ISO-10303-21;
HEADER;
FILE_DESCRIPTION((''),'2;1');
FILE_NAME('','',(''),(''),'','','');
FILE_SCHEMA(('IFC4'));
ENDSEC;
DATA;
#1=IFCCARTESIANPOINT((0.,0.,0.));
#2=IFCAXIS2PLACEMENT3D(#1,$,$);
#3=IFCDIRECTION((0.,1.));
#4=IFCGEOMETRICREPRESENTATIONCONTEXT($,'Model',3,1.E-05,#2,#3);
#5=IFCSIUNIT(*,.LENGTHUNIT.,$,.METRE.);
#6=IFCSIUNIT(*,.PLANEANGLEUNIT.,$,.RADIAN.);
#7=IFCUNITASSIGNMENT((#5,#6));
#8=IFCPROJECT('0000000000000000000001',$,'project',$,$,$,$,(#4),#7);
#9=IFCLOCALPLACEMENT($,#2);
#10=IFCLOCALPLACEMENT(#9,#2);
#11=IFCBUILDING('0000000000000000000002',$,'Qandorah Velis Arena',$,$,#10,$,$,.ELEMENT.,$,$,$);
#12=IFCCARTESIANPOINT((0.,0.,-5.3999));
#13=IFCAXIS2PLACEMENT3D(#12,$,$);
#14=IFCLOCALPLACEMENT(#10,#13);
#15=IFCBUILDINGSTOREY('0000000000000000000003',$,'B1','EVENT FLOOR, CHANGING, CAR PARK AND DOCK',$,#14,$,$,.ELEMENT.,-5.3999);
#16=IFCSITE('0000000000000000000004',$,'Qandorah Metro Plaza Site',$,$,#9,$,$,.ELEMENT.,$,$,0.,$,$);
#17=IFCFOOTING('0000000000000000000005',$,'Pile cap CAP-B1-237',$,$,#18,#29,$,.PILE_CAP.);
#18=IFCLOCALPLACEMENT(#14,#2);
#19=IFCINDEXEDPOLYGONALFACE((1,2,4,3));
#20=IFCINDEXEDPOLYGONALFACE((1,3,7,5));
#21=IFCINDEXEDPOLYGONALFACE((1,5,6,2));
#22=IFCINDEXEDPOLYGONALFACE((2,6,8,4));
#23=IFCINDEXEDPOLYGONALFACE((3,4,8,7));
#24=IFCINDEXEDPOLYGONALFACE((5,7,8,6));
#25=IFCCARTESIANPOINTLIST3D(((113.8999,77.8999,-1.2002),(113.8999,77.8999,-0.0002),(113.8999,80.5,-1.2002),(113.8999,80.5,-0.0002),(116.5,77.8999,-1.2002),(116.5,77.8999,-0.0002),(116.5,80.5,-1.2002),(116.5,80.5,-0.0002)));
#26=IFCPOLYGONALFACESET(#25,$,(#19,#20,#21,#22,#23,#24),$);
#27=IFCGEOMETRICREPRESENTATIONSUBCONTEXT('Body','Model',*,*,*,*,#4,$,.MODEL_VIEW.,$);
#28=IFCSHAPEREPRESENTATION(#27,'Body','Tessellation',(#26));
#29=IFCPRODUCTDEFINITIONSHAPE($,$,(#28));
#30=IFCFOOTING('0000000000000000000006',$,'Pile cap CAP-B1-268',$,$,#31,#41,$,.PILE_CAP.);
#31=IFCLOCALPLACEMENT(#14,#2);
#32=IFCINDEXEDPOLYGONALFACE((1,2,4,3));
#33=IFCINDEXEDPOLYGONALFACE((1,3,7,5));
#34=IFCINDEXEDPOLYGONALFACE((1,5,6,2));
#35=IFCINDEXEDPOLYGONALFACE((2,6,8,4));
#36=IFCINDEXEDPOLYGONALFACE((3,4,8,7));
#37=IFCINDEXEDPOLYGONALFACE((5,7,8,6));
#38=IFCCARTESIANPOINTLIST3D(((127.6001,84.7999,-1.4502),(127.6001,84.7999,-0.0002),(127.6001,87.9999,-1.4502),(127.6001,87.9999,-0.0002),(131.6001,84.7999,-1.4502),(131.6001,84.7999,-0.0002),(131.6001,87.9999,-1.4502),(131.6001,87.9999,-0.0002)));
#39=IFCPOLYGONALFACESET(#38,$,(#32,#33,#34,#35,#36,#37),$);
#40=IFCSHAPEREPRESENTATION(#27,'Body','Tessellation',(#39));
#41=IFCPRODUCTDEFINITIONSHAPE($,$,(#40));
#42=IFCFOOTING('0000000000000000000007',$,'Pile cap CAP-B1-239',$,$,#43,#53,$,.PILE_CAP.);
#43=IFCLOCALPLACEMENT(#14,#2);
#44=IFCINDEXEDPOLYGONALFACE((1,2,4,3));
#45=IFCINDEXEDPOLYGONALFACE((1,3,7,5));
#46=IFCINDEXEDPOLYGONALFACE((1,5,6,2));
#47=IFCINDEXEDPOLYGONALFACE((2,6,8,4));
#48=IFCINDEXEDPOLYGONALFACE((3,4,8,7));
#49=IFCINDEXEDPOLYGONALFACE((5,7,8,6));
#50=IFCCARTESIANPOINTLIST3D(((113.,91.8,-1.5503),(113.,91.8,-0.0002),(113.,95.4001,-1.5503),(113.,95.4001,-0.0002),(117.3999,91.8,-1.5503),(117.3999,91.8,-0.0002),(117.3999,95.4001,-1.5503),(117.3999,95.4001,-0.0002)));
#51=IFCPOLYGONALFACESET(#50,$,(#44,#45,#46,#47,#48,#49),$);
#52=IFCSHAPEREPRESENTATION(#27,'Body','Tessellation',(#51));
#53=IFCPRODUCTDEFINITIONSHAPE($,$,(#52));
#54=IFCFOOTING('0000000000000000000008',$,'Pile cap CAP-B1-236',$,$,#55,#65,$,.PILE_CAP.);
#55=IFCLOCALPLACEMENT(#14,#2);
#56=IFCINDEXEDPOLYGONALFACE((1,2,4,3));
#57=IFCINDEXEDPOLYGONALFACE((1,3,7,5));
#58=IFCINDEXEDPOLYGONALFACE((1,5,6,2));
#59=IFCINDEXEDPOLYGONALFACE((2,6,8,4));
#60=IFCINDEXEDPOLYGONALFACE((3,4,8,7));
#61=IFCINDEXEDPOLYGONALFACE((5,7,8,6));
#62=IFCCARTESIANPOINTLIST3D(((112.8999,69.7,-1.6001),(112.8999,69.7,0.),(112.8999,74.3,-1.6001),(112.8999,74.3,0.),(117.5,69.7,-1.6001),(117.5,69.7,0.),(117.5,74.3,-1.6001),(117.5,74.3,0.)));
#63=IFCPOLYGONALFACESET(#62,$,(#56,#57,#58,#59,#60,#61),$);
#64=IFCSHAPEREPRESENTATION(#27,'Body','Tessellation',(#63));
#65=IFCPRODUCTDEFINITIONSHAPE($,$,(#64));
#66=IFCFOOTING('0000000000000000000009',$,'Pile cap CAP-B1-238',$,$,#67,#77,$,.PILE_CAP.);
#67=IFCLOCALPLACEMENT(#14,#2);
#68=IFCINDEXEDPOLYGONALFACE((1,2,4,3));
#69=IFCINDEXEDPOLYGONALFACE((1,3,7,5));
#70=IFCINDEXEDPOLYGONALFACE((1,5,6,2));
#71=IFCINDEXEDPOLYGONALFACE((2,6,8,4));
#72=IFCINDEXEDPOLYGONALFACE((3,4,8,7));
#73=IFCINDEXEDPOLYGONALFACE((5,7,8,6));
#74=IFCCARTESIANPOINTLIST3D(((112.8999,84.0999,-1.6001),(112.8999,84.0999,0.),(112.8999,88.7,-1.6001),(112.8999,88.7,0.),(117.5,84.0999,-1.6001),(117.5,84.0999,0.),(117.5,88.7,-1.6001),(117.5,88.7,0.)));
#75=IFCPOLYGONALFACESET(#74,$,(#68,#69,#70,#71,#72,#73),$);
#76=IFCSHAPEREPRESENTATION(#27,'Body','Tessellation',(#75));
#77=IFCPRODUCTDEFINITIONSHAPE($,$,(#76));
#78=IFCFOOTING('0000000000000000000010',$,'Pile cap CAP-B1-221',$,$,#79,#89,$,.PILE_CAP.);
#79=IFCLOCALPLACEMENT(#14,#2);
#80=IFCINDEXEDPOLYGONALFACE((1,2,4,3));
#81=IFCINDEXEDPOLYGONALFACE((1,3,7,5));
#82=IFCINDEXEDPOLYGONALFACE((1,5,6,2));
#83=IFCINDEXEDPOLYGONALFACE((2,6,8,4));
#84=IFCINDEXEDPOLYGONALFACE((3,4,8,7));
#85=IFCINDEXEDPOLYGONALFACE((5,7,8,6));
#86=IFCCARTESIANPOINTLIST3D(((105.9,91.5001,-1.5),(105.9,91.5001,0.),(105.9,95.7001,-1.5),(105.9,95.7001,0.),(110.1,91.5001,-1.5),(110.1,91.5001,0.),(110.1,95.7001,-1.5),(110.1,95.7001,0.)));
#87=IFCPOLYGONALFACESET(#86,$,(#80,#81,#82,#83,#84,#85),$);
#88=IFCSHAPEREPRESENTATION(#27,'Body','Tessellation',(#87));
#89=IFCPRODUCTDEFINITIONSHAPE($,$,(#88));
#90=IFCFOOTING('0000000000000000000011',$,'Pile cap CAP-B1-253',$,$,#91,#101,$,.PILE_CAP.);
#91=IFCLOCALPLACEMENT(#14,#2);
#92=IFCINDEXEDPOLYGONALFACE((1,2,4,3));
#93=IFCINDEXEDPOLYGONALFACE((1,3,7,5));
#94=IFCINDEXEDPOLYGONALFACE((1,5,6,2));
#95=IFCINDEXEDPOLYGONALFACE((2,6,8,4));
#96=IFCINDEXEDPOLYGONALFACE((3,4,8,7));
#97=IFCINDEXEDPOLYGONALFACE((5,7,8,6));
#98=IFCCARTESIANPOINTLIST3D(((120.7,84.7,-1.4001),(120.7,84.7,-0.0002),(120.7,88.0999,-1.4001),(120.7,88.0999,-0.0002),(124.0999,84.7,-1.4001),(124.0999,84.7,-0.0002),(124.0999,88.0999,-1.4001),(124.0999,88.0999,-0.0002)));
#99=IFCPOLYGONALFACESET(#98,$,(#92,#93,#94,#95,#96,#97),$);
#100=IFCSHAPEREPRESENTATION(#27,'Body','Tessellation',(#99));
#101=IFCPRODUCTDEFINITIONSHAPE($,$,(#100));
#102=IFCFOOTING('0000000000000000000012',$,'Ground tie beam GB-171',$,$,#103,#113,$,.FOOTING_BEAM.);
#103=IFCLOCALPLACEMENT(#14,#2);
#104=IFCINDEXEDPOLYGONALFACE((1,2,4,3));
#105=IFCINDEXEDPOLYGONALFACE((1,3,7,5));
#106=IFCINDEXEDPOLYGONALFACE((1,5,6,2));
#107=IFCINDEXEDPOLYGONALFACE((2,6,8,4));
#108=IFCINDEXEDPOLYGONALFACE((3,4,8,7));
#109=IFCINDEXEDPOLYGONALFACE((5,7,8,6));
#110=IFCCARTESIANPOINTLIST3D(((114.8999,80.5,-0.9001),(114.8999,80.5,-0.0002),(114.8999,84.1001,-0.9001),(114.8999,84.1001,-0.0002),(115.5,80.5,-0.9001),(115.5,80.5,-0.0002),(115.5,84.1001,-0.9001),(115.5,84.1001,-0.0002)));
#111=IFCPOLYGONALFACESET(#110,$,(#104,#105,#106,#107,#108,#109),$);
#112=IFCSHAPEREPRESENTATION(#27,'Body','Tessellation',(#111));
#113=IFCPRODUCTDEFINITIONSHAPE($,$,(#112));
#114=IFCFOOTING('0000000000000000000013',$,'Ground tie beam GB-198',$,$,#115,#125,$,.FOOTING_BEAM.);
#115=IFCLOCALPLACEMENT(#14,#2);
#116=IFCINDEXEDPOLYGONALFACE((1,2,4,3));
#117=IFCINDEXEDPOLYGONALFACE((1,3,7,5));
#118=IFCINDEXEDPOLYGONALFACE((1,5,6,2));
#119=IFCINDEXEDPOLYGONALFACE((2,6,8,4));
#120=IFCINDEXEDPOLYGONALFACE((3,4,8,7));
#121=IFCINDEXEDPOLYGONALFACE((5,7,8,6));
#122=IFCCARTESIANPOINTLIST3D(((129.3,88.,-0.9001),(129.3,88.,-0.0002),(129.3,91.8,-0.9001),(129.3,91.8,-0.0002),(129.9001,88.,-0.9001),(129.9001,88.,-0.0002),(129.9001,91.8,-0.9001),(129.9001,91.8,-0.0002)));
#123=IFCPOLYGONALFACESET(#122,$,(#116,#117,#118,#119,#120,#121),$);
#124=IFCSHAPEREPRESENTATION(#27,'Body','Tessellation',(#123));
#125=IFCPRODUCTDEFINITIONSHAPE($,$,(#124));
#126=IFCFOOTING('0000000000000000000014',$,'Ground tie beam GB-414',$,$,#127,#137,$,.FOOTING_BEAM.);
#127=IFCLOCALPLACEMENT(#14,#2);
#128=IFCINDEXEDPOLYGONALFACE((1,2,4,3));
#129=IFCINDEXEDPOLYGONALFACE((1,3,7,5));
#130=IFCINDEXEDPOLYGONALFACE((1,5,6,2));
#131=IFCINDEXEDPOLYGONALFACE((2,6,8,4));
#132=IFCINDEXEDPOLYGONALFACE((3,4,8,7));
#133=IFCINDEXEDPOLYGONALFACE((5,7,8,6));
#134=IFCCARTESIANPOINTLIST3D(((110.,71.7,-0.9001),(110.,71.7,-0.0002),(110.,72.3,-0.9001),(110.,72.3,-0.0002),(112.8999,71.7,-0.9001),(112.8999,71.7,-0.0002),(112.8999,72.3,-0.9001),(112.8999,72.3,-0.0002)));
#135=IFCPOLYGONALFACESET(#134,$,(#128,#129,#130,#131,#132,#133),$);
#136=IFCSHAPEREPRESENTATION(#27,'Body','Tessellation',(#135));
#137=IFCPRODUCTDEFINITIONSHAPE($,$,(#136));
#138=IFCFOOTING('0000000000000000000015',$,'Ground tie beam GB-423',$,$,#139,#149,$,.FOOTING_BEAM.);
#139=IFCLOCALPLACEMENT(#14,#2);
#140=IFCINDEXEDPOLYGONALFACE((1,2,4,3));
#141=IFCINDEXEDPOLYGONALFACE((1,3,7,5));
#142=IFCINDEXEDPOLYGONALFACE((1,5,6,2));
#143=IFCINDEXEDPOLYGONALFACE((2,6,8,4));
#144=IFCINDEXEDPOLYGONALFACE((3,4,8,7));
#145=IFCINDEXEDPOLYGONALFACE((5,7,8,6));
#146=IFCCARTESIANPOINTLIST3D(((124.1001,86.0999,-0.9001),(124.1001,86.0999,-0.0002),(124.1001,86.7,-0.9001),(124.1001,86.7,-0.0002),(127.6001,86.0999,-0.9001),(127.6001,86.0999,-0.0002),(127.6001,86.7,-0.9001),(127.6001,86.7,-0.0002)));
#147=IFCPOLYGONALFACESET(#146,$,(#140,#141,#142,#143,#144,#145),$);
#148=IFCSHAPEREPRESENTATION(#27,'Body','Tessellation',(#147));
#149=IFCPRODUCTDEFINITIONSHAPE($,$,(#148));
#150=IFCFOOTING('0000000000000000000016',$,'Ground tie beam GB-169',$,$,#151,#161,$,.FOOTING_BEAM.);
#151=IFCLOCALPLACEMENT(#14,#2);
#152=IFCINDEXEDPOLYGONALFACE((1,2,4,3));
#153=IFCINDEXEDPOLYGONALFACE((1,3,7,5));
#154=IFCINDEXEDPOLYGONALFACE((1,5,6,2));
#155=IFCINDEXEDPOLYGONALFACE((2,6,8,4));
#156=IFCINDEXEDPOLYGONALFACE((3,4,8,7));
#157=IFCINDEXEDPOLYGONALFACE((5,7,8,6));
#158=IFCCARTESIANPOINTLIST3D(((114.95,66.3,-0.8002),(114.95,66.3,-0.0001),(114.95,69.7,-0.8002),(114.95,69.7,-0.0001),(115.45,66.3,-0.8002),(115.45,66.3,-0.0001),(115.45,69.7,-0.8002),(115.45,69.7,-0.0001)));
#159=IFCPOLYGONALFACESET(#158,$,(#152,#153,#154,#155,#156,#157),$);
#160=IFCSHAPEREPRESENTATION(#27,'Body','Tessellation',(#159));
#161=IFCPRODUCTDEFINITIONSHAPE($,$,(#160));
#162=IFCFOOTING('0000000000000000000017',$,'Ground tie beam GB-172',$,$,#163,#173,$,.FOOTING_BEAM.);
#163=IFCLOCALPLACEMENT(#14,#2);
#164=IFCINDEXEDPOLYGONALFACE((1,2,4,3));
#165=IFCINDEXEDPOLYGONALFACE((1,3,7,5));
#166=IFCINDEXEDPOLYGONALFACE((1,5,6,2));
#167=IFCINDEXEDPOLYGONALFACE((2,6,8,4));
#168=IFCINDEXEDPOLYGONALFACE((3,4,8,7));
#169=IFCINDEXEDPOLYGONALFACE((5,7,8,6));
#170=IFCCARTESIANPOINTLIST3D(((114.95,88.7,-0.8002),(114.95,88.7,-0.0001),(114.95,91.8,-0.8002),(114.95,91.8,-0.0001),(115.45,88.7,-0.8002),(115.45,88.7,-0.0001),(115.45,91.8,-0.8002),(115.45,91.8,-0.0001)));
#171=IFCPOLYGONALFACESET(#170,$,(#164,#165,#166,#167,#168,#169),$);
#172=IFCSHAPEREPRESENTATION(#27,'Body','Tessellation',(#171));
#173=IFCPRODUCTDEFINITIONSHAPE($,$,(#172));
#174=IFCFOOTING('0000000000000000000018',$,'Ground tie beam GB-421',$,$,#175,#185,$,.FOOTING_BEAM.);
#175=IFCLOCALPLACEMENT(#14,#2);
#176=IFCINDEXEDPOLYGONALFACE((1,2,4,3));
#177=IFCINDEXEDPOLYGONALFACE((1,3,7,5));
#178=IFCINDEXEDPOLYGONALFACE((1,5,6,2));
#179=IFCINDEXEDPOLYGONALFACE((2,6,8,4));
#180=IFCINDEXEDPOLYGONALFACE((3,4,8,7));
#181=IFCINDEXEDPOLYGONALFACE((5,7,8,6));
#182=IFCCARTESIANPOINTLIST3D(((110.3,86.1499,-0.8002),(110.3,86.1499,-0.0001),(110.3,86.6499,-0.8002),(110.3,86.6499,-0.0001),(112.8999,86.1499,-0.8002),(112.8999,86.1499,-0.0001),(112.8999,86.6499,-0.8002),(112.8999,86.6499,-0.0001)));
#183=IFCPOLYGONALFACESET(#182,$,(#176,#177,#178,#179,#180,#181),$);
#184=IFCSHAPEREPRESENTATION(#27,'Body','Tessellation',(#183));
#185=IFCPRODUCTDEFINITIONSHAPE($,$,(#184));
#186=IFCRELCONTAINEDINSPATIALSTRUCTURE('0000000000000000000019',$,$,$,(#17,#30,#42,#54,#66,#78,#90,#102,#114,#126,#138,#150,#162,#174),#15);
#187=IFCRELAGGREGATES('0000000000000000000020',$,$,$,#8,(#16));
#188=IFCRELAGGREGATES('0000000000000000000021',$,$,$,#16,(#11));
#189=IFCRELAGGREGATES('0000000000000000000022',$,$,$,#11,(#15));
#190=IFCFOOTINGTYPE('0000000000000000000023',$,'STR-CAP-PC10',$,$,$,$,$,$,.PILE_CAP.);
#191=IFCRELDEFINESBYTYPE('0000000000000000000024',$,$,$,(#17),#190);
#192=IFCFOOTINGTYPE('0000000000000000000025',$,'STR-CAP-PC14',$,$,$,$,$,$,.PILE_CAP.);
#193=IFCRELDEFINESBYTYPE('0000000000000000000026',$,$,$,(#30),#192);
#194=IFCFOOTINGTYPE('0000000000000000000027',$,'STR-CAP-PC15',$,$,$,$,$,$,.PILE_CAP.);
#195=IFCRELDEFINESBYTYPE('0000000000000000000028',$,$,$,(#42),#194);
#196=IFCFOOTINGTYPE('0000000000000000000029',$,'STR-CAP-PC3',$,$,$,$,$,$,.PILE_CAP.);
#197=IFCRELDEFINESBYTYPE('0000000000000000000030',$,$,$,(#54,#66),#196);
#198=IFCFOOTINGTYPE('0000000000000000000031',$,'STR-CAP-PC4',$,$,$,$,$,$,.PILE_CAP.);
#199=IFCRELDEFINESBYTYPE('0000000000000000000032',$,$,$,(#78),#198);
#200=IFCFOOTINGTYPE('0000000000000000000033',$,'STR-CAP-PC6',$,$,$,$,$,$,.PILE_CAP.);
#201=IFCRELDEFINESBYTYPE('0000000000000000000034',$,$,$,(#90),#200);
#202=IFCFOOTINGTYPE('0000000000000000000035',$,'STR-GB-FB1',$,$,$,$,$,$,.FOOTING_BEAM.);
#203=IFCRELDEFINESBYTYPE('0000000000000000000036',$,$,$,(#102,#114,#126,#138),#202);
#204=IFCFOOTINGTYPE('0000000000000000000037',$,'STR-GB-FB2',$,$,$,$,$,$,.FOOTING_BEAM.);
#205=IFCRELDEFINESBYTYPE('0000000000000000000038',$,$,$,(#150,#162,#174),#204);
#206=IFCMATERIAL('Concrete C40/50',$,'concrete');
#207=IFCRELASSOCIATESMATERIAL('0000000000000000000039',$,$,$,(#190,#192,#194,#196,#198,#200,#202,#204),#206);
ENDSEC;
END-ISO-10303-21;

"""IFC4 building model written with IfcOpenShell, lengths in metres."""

from ifc_helpers import new_model, si_unit, direction, frame, origin, origin_2d, place, context, subcontext, project, spatial, rectangle, extrude, material, material_profile, profile_set, type_object, element, save


model = new_model("IFC4")

# Units and contexts
model_context = context("Model", 3, precision=1e-05, world=origin(), true_north=direction((0.0, 1.0)))
body_context = subcontext(model_context, "Body", "Model", "MODEL_VIEW")
ifc_project = project(units=[si_unit("LENGTHUNIT", "METRE"), si_unit("PLANEANGLEUNIT", "RADIAN")], contexts=[model_context])

# Site, building, storey
site_placement = place(None, origin())
site = spatial("IfcSite", under=ifc_project, at=site_placement, Name="Qandorah Metro Plaza Site", CompositionType="ELEMENT", RefElevation=0.0)
building_placement = place(site_placement, origin())
building = spatial("IfcBuilding", under=site, at=building_placement, Name="Qandorah Velis Arena", CompositionType="ELEMENT")
storey_placement = place(building_placement, frame((0.0, 0.0, -5.3999)))
storey = spatial("IfcBuildingStorey", under=building, at=storey_placement, Name="B1", Description="EVENT FLOOR, CHANGING, CAR PARK AND DOCK", CompositionType="ELEMENT", Elevation=-5.3999)

# Footings
ifc_material_1 = material(Name="Concrete C40/50", Category="concrete")
footing_type_1 = type_object("IfcFootingType", Name="STR-CAP-PC10", PredefinedType="PILE_CAP", material=ifc_material_1)
footing_1_placement = place(storey_placement, frame((115.2, 79.2, -1.2002), z_axis=(0.0, 0.0, 1.0), x_axis=(1.0, 0.0, 0.0)))
element("IfcFooting", 1, at=footing_1_placement, inside=storey, type_object=footing_type_1, Name="Pile cap CAP-B1-237", PredefinedType="PILE_CAP", context=body_context, shape_type="SweptSolid", body=[
    extrude(rectangle(XDim=2.6001, YDim=2.6001, at=origin_2d()), origin(), (0.0, 0.0, 1.0), 1.2),
])
footing_type_2 = type_object("IfcFootingType", Name="STR-CAP-PC14", PredefinedType="PILE_CAP", material=ifc_material_1)
footing_2_placement = place(storey_placement, frame((129.6001, 86.3999, -1.4502), z_axis=(0.0, 0.0, 1.0), x_axis=(1.0, 0.0, 0.0)))
element("IfcFooting", 2, at=footing_2_placement, inside=storey, type_object=footing_type_2, Name="Pile cap CAP-B1-268", PredefinedType="PILE_CAP", context=body_context, shape_type="SweptSolid", body=[
    extrude(rectangle(XDim=4.0, YDim=3.2, at=origin_2d()), origin(), (0.0, 0.0, 1.0), 1.45),
])
footing_type_3 = type_object("IfcFootingType", Name="STR-CAP-PC15", PredefinedType="PILE_CAP", material=ifc_material_1)
footing_3_placement = place(storey_placement, frame((115.2, 93.6001, -1.5503), z_axis=(0.0, 0.0, 1.0), x_axis=(1.0, 0.0, 0.0)))
element("IfcFooting", 3, at=footing_3_placement, inside=storey, type_object=footing_type_3, Name="Pile cap CAP-B1-239", PredefinedType="PILE_CAP", context=body_context, shape_type="SweptSolid", body=[
    extrude(rectangle(XDim=4.3999, YDim=3.6001, at=origin_2d()), origin(), (0.0, 0.0, 1.0), 1.55),
])
footing_type_4 = type_object("IfcFootingType", Name="STR-CAP-PC3", PredefinedType="PILE_CAP", material=ifc_material_1)
for number, where, z_axis, x_axis, name in (
    (4, (115.2, 72.0, -1.6001), (0.0, 0.0, 1.0), (1.0, 0.0, 0.0), "Pile cap CAP-B1-236"),
    (5, (115.2, 86.3999, -1.6001), (0.0, 0.0, 1.0), (1.0, 0.0, 0.0), "Pile cap CAP-B1-238"),
):
    element("IfcFooting", number, at=place(storey_placement, frame(where, z_axis=z_axis, x_axis=x_axis)), inside=storey, type_object=footing_type_4, Name=name, PredefinedType="PILE_CAP", context=body_context, shape_type="SweptSolid", body=[
        extrude(rectangle(XDim=4.6001, YDim=4.6001, at=origin_2d()), origin(), (0.0, 0.0, 1.0), 1.6001),
    ])
footing_type_5 = type_object("IfcFootingType", Name="STR-CAP-PC4", PredefinedType="PILE_CAP", material=ifc_material_1)
footing_4_placement = place(storey_placement, frame((108.0, 93.6001, -1.5), z_axis=(0.0, 0.0, 1.0), x_axis=(1.0, 0.0, 0.0)))
element("IfcFooting", 6, at=footing_4_placement, inside=storey, type_object=footing_type_5, Name="Pile cap CAP-B1-221", PredefinedType="PILE_CAP", context=body_context, shape_type="SweptSolid", body=[
    extrude(rectangle(XDim=4.2, YDim=4.2, at=origin_2d()), origin(), (0.0, 0.0, 1.0), 1.5),
])
footing_type_6 = type_object("IfcFootingType", Name="STR-CAP-PC6", PredefinedType="PILE_CAP", material=ifc_material_1)
footing_5_placement = place(storey_placement, frame((122.3999, 86.3999, -1.4001), z_axis=(0.0, 0.0, 1.0), x_axis=(1.0, 0.0, 0.0)))
element("IfcFooting", 7, at=footing_5_placement, inside=storey, type_object=footing_type_6, Name="Pile cap CAP-B1-253", PredefinedType="PILE_CAP", context=body_context, shape_type="SweptSolid", body=[
    extrude(rectangle(XDim=3.3999, YDim=3.3999, at=origin_2d()), origin(), (0.0, 0.0, 1.0), 1.3999),
])
ifc_material_profile_1 = material_profile(ifc_material_1, rectangle(XDim=0.6001, YDim=0.8999, at=origin_2d()), Name="GB1 600x900")
ifc_profile_set_1 = profile_set([ifc_material_profile_1], Name="Concrete C40/50")
footing_type_7 = type_object("IfcFootingType", Name="STR-GB-FB1", PredefinedType="FOOTING_BEAM", material=ifc_profile_set_1)
footing_6_placement = place(storey_placement, frame((115.2, 80.5, -0.4502), z_axis=(0.0, 1.0, 0.0), x_axis=(-1.0, 0.0, 0.0)))
element("IfcFooting", 8, at=footing_6_placement, inside=storey, type_object=footing_type_7, Name="Ground tie beam GB-171", PredefinedType="FOOTING_BEAM", context=body_context, shape_type="SweptSolid", body=[
    extrude(rectangle(XDim=0.6001, YDim=0.8999, at=origin_2d()), origin(), (0.0, 0.0, 1.0), 3.6001),
])
footing_7_placement = place(storey_placement, frame((129.6001, 88.0, -0.4502), z_axis=(0.0, 1.0, 0.0), x_axis=(-1.0, 0.0, 0.0)))
element("IfcFooting", 9, at=footing_7_placement, inside=storey, type_object=footing_type_7, Name="Ground tie beam GB-198", PredefinedType="FOOTING_BEAM", context=body_context, shape_type="SweptSolid", body=[
    extrude(rectangle(XDim=0.6001, YDim=0.8999, at=origin_2d()), origin(), (0.0, 0.0, 1.0), 3.8),
])
footing_8_placement = place(storey_placement, frame((110.0, 72.0, -0.4502), z_axis=(1.0, 0.0, 0.0), x_axis=(0.0, 1.0, 0.0)))
element("IfcFooting", 10, at=footing_8_placement, inside=storey, type_object=footing_type_7, Name="Ground tie beam GB-414", PredefinedType="FOOTING_BEAM", context=body_context, shape_type="SweptSolid", body=[
    extrude(rectangle(XDim=0.6001, YDim=0.8999, at=origin_2d()), origin(), (0.0, 0.0, 1.0), 2.8999),
])
footing_9_placement = place(storey_placement, frame((124.1001, 86.3999, -0.4502), z_axis=(1.0, 0.0, 0.0), x_axis=(0.0, 1.0, 0.0)))
element("IfcFooting", 11, at=footing_9_placement, inside=storey, type_object=footing_type_7, Name="Ground tie beam GB-423", PredefinedType="FOOTING_BEAM", context=body_context, shape_type="SweptSolid", body=[
    extrude(rectangle(XDim=0.6001, YDim=0.8999, at=origin_2d()), origin(), (0.0, 0.0, 1.0), 3.5),
])
ifc_material_profile_2 = material_profile(ifc_material_1, rectangle(XDim=0.5, YDim=0.8, at=origin_2d()), Name="GB2 500x800")
ifc_profile_set_2 = profile_set([ifc_material_profile_2], Name="Concrete C40/50")
footing_type_8 = type_object("IfcFootingType", Name="STR-GB-FB2", PredefinedType="FOOTING_BEAM", material=ifc_profile_set_2)
footing_10_placement = place(storey_placement, frame((115.2, 66.3, -0.4001), z_axis=(0.0, 1.0, 0.0), x_axis=(-1.0, 0.0, 0.0)))
element("IfcFooting", 12, at=footing_10_placement, inside=storey, type_object=footing_type_8, Name="Ground tie beam GB-169", PredefinedType="FOOTING_BEAM", context=body_context, shape_type="SweptSolid", body=[
    extrude(rectangle(XDim=0.5, YDim=0.8, at=origin_2d()), origin(), (0.0, 0.0, 1.0), 3.3999),
])
footing_11_placement = place(storey_placement, frame((115.2, 88.7, -0.4001), z_axis=(0.0, 1.0, 0.0), x_axis=(-1.0, 0.0, 0.0)))
element("IfcFooting", 13, at=footing_11_placement, inside=storey, type_object=footing_type_8, Name="Ground tie beam GB-172", PredefinedType="FOOTING_BEAM", context=body_context, shape_type="SweptSolid", body=[
    extrude(rectangle(XDim=0.5, YDim=0.8, at=origin_2d()), origin(), (0.0, 0.0, 1.0), 3.1001),
])
footing_12_placement = place(storey_placement, frame((110.3, 86.3999, -0.4001), z_axis=(1.0, 0.0, 0.0), x_axis=(0.0, 1.0, 0.0)))
element("IfcFooting", 14, at=footing_12_placement, inside=storey, type_object=footing_type_8, Name="Ground tie beam GB-421", PredefinedType="FOOTING_BEAM", context=body_context, shape_type="SweptSolid", body=[
    extrude(rectangle(XDim=0.5, YDim=0.8, at=origin_2d()), origin(), (0.0, 0.0, 1.0), 2.5999),
])

save(model, "model.ifc")
